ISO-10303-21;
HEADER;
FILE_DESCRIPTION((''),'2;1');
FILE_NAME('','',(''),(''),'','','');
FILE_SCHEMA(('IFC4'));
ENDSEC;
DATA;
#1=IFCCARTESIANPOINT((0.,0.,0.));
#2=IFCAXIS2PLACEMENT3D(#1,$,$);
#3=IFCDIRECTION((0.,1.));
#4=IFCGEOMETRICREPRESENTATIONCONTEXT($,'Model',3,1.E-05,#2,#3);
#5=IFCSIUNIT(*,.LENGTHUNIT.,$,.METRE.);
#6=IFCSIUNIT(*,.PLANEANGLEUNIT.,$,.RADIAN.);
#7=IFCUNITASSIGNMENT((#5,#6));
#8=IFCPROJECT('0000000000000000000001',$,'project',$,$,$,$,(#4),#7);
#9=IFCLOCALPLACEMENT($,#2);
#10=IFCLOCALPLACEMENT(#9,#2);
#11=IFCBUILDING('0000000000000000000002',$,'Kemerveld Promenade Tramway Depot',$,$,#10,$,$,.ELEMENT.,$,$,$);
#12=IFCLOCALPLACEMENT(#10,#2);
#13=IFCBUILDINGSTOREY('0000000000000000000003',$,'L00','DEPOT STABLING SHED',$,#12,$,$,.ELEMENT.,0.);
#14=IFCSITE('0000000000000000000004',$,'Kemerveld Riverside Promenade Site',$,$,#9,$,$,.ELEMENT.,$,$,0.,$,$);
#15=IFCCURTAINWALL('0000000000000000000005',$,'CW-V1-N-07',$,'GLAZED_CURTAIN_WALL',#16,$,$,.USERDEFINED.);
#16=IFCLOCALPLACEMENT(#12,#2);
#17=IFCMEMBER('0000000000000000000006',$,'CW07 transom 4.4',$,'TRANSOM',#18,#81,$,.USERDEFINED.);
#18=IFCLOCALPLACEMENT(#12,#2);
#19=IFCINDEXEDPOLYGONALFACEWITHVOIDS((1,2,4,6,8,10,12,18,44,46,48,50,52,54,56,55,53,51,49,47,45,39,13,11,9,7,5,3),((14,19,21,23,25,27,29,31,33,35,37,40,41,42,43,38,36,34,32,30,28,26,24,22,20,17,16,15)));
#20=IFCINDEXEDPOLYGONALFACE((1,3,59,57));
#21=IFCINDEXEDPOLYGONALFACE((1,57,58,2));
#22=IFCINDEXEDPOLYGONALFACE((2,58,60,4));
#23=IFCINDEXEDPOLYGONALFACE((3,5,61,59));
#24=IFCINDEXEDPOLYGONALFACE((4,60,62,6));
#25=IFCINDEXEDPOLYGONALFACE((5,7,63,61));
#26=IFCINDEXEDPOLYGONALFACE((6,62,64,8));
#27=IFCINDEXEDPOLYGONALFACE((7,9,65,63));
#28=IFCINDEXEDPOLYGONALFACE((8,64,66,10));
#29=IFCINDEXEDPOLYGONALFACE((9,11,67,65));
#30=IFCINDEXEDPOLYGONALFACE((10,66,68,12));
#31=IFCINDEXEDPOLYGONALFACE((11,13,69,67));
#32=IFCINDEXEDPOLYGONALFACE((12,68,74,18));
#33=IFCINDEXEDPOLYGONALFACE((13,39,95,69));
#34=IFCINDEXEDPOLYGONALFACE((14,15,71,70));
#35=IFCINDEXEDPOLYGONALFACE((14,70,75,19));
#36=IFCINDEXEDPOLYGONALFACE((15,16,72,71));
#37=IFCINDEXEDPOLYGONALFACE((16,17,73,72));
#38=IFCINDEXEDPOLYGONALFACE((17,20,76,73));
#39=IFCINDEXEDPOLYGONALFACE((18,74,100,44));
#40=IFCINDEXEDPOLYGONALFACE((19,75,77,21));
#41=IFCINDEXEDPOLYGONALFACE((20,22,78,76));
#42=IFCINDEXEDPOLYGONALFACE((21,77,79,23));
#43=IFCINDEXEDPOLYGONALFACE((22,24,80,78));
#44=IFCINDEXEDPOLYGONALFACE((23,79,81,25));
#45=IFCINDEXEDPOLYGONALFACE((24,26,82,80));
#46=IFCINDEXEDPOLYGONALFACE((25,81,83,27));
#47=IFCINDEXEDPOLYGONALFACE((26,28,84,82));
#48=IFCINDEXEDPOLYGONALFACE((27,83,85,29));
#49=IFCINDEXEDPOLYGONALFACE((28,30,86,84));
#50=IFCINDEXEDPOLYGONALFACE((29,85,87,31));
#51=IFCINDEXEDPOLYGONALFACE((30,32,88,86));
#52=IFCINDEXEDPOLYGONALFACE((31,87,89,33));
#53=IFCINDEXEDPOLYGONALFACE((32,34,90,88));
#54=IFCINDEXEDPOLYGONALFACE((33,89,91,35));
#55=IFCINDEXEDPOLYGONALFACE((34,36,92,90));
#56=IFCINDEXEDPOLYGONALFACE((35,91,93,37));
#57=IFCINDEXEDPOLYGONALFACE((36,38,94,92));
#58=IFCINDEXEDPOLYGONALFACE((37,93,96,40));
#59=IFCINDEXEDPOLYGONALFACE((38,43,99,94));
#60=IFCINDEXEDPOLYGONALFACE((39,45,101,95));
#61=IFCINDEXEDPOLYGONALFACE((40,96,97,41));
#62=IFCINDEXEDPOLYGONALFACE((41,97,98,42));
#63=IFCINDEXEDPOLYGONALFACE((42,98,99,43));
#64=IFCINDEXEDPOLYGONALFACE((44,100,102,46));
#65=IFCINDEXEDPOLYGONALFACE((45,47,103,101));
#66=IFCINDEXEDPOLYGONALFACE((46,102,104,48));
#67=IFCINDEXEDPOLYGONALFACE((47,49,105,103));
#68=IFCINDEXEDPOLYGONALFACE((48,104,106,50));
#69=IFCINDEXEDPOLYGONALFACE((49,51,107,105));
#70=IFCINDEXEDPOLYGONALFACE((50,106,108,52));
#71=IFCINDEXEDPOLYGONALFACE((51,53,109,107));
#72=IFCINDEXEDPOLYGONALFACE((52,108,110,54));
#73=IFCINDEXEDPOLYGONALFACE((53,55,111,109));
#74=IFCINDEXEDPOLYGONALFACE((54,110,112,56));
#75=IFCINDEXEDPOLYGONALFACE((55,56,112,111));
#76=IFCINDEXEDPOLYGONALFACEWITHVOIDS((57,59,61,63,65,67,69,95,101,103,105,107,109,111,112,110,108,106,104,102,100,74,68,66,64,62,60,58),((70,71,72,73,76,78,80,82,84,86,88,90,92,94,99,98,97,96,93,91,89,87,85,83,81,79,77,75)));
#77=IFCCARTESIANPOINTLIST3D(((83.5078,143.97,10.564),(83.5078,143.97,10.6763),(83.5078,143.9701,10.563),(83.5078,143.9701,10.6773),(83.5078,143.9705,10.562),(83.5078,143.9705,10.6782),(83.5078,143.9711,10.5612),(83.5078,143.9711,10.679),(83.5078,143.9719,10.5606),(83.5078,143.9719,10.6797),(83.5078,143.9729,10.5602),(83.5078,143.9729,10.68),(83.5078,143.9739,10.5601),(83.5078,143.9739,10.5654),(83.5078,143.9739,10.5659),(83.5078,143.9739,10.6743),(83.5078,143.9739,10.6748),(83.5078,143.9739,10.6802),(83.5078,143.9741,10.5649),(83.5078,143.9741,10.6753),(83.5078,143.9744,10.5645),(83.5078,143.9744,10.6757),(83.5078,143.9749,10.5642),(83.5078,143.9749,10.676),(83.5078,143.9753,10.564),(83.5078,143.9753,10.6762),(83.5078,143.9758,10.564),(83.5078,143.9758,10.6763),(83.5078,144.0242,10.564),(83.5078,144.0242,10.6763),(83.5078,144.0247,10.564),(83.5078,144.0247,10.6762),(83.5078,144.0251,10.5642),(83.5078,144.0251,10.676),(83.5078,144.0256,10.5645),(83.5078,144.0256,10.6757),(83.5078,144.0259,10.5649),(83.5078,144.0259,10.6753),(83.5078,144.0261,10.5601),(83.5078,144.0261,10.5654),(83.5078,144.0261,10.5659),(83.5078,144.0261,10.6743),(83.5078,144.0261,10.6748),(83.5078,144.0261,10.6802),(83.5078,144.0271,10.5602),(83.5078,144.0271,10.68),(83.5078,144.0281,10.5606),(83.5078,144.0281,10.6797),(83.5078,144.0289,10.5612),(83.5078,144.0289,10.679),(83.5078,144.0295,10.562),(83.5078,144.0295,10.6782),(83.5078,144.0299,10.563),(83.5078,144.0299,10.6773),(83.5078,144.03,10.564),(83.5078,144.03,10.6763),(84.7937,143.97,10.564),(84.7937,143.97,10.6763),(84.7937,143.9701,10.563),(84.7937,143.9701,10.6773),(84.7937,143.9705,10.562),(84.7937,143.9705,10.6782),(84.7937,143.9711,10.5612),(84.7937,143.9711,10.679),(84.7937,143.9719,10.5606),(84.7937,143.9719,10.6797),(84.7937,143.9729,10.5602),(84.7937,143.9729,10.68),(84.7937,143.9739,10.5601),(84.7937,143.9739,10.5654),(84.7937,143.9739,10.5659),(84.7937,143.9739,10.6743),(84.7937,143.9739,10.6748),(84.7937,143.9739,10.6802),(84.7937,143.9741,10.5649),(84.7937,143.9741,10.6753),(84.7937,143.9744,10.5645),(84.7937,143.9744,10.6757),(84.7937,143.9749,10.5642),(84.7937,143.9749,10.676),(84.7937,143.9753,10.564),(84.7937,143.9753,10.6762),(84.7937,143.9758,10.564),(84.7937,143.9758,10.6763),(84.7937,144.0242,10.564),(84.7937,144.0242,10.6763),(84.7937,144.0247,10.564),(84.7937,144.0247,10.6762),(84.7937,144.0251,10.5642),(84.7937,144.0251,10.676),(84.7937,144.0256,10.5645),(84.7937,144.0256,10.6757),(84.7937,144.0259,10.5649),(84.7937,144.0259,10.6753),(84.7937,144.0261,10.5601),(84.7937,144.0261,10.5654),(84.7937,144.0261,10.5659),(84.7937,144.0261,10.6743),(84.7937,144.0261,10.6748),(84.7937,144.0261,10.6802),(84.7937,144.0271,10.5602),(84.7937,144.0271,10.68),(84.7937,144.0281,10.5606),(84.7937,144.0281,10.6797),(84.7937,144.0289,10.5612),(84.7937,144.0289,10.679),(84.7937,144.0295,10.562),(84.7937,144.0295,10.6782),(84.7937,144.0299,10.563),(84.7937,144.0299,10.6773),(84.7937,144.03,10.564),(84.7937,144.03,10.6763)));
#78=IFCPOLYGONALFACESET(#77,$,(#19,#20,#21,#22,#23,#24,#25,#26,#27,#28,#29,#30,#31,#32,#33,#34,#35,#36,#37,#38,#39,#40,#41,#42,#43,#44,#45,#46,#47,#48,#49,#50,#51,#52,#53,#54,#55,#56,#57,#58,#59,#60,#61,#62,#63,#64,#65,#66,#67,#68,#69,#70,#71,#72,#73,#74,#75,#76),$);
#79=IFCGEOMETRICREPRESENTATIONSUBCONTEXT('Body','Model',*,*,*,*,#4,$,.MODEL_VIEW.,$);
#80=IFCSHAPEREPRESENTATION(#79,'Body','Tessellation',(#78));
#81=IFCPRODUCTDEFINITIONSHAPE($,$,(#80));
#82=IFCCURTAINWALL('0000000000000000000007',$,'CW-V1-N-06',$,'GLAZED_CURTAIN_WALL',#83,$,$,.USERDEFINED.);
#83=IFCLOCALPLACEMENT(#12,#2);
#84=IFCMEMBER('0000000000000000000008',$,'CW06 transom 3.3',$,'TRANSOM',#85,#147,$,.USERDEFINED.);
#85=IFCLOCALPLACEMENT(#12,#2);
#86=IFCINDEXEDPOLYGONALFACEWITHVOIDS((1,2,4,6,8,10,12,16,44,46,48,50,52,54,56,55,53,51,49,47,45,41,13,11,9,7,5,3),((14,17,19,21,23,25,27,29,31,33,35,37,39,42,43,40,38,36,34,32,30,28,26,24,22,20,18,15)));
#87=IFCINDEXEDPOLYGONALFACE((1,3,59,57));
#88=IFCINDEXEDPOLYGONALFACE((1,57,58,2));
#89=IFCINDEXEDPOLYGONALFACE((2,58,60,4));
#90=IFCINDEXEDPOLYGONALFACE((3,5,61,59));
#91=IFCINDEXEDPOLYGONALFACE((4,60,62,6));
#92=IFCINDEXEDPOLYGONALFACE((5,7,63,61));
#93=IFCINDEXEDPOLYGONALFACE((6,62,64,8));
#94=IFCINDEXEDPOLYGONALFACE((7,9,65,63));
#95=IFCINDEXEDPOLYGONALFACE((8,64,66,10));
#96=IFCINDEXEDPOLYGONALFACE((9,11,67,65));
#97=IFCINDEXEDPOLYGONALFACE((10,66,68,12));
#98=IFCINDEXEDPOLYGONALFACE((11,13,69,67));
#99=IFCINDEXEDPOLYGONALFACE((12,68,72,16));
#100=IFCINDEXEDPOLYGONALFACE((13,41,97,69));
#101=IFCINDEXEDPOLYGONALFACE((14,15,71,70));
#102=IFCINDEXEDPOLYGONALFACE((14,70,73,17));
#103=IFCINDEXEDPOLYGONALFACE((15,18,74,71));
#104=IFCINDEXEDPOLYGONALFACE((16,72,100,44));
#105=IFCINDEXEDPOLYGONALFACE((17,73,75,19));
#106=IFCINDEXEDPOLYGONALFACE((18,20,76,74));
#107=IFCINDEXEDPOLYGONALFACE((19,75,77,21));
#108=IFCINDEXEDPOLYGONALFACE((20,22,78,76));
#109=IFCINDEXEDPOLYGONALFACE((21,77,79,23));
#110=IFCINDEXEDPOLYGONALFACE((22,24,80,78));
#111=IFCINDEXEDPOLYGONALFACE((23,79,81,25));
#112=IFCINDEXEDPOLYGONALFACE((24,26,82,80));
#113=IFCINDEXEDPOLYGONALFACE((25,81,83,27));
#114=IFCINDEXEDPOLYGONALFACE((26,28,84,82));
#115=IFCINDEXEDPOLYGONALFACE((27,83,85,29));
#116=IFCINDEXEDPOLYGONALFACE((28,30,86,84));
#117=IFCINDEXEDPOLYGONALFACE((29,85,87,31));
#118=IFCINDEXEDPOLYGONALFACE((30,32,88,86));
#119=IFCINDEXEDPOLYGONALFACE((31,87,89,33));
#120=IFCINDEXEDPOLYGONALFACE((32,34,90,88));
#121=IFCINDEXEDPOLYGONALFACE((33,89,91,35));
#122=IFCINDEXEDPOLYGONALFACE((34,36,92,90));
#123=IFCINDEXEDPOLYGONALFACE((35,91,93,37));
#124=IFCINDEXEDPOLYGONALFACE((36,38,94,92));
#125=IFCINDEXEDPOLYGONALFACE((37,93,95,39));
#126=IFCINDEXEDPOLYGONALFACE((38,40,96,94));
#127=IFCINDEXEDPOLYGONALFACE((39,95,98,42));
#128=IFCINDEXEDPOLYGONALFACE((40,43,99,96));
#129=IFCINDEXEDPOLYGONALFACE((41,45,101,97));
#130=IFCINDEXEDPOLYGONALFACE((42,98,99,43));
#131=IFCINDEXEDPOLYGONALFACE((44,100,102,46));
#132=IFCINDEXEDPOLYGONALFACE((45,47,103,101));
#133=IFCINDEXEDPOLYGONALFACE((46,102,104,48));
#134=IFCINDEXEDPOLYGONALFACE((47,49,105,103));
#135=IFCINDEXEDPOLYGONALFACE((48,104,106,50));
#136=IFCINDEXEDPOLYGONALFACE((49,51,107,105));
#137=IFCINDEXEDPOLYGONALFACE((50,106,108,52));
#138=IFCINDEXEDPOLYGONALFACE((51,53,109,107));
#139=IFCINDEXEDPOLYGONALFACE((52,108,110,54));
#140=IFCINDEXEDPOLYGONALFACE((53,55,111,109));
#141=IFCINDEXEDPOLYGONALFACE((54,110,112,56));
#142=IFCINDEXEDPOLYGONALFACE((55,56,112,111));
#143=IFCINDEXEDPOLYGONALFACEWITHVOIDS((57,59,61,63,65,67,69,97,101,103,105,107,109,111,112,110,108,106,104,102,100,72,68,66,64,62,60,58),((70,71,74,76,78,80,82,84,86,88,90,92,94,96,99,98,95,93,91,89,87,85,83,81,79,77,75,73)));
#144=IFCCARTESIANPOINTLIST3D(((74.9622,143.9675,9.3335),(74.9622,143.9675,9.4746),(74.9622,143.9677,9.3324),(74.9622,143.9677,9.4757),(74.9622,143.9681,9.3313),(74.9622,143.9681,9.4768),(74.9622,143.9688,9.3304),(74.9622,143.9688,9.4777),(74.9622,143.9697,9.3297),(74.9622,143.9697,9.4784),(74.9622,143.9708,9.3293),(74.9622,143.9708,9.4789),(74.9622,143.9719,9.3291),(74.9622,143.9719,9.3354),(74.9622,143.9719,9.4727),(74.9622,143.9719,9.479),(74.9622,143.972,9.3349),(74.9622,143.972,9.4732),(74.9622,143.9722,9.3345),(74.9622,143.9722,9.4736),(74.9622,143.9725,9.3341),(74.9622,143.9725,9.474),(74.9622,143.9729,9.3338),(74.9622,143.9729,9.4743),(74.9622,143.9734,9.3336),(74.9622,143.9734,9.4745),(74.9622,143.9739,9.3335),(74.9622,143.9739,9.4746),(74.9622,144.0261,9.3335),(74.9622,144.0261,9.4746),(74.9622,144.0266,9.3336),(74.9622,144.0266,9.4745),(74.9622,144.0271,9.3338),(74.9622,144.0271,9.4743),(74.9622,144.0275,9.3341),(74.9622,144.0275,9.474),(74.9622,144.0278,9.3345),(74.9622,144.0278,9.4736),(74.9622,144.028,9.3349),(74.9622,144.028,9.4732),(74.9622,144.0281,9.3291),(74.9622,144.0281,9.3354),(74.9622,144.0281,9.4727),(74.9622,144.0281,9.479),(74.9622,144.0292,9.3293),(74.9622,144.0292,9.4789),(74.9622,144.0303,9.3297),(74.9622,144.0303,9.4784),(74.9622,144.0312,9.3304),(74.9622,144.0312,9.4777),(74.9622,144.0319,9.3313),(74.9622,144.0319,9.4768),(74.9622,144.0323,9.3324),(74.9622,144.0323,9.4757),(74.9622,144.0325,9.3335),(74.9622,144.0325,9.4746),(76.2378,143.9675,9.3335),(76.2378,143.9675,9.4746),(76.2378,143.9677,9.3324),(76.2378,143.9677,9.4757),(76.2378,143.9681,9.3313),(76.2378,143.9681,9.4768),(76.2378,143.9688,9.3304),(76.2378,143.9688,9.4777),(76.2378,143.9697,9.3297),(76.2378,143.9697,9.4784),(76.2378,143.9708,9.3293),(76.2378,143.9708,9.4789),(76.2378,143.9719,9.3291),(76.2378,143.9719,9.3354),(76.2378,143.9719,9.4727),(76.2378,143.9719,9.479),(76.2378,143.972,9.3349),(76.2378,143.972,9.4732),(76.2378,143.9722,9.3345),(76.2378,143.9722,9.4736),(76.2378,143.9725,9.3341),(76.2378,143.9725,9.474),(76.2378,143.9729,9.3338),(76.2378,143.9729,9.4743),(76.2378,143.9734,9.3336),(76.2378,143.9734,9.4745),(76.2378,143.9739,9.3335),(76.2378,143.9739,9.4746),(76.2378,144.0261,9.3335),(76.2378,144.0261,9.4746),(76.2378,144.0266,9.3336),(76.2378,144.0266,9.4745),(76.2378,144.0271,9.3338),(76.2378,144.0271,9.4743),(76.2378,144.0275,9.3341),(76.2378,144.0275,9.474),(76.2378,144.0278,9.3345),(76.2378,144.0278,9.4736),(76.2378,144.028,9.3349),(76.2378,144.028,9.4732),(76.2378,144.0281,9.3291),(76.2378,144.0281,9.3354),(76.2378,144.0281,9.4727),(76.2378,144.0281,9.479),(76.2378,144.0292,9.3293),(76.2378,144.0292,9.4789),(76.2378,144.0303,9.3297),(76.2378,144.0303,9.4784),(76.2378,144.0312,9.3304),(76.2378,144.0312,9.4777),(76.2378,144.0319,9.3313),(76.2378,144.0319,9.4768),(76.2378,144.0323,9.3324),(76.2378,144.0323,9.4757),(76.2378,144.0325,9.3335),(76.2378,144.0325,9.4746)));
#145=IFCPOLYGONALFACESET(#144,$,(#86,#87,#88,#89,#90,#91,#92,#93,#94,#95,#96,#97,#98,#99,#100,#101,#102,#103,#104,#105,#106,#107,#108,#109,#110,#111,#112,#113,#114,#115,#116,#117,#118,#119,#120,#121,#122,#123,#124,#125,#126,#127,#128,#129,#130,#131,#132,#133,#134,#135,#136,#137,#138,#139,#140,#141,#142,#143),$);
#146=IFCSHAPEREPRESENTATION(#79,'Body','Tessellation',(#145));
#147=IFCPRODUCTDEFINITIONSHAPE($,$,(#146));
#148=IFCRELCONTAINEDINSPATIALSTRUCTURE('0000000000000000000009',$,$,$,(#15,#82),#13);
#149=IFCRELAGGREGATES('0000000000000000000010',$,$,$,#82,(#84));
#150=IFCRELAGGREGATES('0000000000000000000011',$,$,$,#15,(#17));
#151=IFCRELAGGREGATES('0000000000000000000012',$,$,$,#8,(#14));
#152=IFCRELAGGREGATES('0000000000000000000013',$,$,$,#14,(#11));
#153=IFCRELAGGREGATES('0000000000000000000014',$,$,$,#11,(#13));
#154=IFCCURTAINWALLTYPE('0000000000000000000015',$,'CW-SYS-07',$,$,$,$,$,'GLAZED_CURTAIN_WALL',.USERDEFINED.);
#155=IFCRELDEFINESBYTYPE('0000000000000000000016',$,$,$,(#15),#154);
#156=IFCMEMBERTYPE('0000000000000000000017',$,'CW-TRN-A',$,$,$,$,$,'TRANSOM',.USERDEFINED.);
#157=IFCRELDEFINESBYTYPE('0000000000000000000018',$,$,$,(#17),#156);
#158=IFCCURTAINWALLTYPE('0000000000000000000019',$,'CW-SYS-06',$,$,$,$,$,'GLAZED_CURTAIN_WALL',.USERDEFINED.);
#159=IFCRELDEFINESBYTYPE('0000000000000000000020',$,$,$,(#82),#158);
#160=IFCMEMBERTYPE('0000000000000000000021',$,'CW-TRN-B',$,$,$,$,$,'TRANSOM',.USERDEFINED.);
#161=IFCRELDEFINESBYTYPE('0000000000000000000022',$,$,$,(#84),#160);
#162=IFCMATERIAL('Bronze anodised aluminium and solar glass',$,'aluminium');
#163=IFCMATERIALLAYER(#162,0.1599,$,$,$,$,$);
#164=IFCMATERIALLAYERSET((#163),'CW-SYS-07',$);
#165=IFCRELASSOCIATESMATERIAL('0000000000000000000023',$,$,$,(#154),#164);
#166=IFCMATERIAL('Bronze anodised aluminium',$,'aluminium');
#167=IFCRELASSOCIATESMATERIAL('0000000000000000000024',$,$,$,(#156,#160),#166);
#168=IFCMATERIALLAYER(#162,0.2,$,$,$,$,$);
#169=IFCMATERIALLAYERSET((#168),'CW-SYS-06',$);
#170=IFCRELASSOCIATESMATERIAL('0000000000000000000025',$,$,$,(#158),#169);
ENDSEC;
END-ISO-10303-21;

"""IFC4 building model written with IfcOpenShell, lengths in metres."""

from ifc_helpers import new_model, si_unit, direction, frame, origin, origin_2d, place, context, subcontext, project, spatial, hollow_rectangle, extrude, material, layer, layer_set, material_profile, profile_set, type_object, element, aggregate, save


model = new_model("IFC4")

# Units and contexts
model_context = context("Model", 3, precision=1e-05, world=origin(), true_north=direction((0.0, 1.0)))
body_context = subcontext(model_context, "Body", "Model", "MODEL_VIEW")
ifc_project = project(units=[si_unit("LENGTHUNIT", "METRE"), si_unit("PLANEANGLEUNIT", "RADIAN")], contexts=[model_context])

# Site, building, storey
site_placement = place(None, origin())
site = spatial("IfcSite", under=ifc_project, at=site_placement, Name="Kemerveld Riverside Promenade Site", CompositionType="ELEMENT", RefElevation=0.0)
building_placement = place(site_placement, origin())
building = spatial("IfcBuilding", under=site, at=building_placement, Name="Kemerveld Promenade Tramway Depot", CompositionType="ELEMENT")
storey_placement = place(building_placement, origin())
storey = spatial("IfcBuildingStorey", under=building, at=storey_placement, Name="L00", Description="DEPOT STABLING SHED", CompositionType="ELEMENT", Elevation=0.0)

# Curtain walls, members
ifc_material_1 = material(Name="Bronze anodised aluminium and solar glass", Category="aluminium")
ifc_layer_1 = layer(ifc_material_1, 0.1599)
ifc_layer_set_1 = layer_set([ifc_layer_1], Name="CW-SYS-07")
curtain_wall_type_1 = type_object("IfcCurtainWallType", Name="CW-SYS-07", ElementType="GLAZED_CURTAIN_WALL", PredefinedType="USERDEFINED", material=ifc_layer_set_1)
curtain_wall_1_placement = place(storey_placement, origin())
curtain_wall_1 = element("IfcCurtainWall", 1, at=curtain_wall_1_placement, inside=storey, type_object=curtain_wall_type_1, Name="CW-V1-N-07", ObjectType="GLAZED_CURTAIN_WALL", PredefinedType="USERDEFINED")
ifc_material_2 = material(Name="Bronze anodised aluminium", Category="aluminium")
ifc_material_profile_1 = material_profile(ifc_material_2, hollow_rectangle(XDim=0.0601, YDim=0.1201, WallThickness=0.0039, InnerFilletRadius=0.002, OuterFilletRadius=0.0039, at=origin_2d()), Name="CW-TRN-120x60")
ifc_profile_set_1 = profile_set([ifc_material_profile_1], Name="Bronze anodised aluminium")
member_type_1 = type_object("IfcMemberType", Name="CW-TRN-A", ElementType="TRANSOM", PredefinedType="USERDEFINED", material=ifc_profile_set_1)
member_1_placement = place(storey_placement, frame((83.5078, 144.0, 10.6201), z_axis=(1.0, 0.0, 0.0), x_axis=(0.0, 1.0, 0.0)))
member_1 = element("IfcMember", 2, at=member_1_placement, type_object=member_type_1, Name="CW07 transom 4.4", ObjectType="TRANSOM", PredefinedType="USERDEFINED", context=body_context, shape_type="SweptSolid", body=[
    extrude(hollow_rectangle(XDim=0.0601, YDim=0.1201, WallThickness=0.0039, InnerFilletRadius=0.002, OuterFilletRadius=0.0039, at=origin_2d()), origin(), (0.0, 0.0, 1.0), 1.2859),
])
ifc_layer_2 = layer(ifc_material_1, 0.2)
ifc_layer_set_2 = layer_set([ifc_layer_2], Name="CW-SYS-06")
curtain_wall_type_2 = type_object("IfcCurtainWallType", Name="CW-SYS-06", ElementType="GLAZED_CURTAIN_WALL", PredefinedType="USERDEFINED", material=ifc_layer_set_2)
curtain_wall_2_placement = place(storey_placement, origin())
curtain_wall_2 = element("IfcCurtainWall", 3, at=curtain_wall_2_placement, inside=storey, type_object=curtain_wall_type_2, Name="CW-V1-N-06", ObjectType="GLAZED_CURTAIN_WALL", PredefinedType="USERDEFINED")
ifc_material_profile_2 = material_profile(ifc_material_2, hollow_rectangle(XDim=0.0649, YDim=0.1499, WallThickness=0.0044, InnerFilletRadius=0.002, OuterFilletRadius=0.0044, at=origin_2d()), Name="CW-TRN-150x65")
ifc_profile_set_2 = profile_set([ifc_material_profile_2], Name="Bronze anodised aluminium")
member_type_2 = type_object("IfcMemberType", Name="CW-TRN-B", ElementType="TRANSOM", PredefinedType="USERDEFINED", material=ifc_profile_set_2)
member_2_placement = place(storey_placement, frame((74.9622, 144.0, 9.4041), z_axis=(1.0, 0.0, 0.0), x_axis=(0.0, 1.0, 0.0)))
member_2 = element("IfcMember", 4, at=member_2_placement, type_object=member_type_2, Name="CW06 transom 3.3", ObjectType="TRANSOM", PredefinedType="USERDEFINED", context=body_context, shape_type="SweptSolid", body=[
    extrude(hollow_rectangle(XDim=0.0649, YDim=0.1499, WallThickness=0.0044, InnerFilletRadius=0.002, OuterFilletRadius=0.0044, at=origin_2d()), origin(), (0.0, 0.0, 1.0), 1.2756),
])

aggregate(curtain_wall_2, [member_2])
aggregate(curtain_wall_1, [member_1])

save(model, "model.ifc")
